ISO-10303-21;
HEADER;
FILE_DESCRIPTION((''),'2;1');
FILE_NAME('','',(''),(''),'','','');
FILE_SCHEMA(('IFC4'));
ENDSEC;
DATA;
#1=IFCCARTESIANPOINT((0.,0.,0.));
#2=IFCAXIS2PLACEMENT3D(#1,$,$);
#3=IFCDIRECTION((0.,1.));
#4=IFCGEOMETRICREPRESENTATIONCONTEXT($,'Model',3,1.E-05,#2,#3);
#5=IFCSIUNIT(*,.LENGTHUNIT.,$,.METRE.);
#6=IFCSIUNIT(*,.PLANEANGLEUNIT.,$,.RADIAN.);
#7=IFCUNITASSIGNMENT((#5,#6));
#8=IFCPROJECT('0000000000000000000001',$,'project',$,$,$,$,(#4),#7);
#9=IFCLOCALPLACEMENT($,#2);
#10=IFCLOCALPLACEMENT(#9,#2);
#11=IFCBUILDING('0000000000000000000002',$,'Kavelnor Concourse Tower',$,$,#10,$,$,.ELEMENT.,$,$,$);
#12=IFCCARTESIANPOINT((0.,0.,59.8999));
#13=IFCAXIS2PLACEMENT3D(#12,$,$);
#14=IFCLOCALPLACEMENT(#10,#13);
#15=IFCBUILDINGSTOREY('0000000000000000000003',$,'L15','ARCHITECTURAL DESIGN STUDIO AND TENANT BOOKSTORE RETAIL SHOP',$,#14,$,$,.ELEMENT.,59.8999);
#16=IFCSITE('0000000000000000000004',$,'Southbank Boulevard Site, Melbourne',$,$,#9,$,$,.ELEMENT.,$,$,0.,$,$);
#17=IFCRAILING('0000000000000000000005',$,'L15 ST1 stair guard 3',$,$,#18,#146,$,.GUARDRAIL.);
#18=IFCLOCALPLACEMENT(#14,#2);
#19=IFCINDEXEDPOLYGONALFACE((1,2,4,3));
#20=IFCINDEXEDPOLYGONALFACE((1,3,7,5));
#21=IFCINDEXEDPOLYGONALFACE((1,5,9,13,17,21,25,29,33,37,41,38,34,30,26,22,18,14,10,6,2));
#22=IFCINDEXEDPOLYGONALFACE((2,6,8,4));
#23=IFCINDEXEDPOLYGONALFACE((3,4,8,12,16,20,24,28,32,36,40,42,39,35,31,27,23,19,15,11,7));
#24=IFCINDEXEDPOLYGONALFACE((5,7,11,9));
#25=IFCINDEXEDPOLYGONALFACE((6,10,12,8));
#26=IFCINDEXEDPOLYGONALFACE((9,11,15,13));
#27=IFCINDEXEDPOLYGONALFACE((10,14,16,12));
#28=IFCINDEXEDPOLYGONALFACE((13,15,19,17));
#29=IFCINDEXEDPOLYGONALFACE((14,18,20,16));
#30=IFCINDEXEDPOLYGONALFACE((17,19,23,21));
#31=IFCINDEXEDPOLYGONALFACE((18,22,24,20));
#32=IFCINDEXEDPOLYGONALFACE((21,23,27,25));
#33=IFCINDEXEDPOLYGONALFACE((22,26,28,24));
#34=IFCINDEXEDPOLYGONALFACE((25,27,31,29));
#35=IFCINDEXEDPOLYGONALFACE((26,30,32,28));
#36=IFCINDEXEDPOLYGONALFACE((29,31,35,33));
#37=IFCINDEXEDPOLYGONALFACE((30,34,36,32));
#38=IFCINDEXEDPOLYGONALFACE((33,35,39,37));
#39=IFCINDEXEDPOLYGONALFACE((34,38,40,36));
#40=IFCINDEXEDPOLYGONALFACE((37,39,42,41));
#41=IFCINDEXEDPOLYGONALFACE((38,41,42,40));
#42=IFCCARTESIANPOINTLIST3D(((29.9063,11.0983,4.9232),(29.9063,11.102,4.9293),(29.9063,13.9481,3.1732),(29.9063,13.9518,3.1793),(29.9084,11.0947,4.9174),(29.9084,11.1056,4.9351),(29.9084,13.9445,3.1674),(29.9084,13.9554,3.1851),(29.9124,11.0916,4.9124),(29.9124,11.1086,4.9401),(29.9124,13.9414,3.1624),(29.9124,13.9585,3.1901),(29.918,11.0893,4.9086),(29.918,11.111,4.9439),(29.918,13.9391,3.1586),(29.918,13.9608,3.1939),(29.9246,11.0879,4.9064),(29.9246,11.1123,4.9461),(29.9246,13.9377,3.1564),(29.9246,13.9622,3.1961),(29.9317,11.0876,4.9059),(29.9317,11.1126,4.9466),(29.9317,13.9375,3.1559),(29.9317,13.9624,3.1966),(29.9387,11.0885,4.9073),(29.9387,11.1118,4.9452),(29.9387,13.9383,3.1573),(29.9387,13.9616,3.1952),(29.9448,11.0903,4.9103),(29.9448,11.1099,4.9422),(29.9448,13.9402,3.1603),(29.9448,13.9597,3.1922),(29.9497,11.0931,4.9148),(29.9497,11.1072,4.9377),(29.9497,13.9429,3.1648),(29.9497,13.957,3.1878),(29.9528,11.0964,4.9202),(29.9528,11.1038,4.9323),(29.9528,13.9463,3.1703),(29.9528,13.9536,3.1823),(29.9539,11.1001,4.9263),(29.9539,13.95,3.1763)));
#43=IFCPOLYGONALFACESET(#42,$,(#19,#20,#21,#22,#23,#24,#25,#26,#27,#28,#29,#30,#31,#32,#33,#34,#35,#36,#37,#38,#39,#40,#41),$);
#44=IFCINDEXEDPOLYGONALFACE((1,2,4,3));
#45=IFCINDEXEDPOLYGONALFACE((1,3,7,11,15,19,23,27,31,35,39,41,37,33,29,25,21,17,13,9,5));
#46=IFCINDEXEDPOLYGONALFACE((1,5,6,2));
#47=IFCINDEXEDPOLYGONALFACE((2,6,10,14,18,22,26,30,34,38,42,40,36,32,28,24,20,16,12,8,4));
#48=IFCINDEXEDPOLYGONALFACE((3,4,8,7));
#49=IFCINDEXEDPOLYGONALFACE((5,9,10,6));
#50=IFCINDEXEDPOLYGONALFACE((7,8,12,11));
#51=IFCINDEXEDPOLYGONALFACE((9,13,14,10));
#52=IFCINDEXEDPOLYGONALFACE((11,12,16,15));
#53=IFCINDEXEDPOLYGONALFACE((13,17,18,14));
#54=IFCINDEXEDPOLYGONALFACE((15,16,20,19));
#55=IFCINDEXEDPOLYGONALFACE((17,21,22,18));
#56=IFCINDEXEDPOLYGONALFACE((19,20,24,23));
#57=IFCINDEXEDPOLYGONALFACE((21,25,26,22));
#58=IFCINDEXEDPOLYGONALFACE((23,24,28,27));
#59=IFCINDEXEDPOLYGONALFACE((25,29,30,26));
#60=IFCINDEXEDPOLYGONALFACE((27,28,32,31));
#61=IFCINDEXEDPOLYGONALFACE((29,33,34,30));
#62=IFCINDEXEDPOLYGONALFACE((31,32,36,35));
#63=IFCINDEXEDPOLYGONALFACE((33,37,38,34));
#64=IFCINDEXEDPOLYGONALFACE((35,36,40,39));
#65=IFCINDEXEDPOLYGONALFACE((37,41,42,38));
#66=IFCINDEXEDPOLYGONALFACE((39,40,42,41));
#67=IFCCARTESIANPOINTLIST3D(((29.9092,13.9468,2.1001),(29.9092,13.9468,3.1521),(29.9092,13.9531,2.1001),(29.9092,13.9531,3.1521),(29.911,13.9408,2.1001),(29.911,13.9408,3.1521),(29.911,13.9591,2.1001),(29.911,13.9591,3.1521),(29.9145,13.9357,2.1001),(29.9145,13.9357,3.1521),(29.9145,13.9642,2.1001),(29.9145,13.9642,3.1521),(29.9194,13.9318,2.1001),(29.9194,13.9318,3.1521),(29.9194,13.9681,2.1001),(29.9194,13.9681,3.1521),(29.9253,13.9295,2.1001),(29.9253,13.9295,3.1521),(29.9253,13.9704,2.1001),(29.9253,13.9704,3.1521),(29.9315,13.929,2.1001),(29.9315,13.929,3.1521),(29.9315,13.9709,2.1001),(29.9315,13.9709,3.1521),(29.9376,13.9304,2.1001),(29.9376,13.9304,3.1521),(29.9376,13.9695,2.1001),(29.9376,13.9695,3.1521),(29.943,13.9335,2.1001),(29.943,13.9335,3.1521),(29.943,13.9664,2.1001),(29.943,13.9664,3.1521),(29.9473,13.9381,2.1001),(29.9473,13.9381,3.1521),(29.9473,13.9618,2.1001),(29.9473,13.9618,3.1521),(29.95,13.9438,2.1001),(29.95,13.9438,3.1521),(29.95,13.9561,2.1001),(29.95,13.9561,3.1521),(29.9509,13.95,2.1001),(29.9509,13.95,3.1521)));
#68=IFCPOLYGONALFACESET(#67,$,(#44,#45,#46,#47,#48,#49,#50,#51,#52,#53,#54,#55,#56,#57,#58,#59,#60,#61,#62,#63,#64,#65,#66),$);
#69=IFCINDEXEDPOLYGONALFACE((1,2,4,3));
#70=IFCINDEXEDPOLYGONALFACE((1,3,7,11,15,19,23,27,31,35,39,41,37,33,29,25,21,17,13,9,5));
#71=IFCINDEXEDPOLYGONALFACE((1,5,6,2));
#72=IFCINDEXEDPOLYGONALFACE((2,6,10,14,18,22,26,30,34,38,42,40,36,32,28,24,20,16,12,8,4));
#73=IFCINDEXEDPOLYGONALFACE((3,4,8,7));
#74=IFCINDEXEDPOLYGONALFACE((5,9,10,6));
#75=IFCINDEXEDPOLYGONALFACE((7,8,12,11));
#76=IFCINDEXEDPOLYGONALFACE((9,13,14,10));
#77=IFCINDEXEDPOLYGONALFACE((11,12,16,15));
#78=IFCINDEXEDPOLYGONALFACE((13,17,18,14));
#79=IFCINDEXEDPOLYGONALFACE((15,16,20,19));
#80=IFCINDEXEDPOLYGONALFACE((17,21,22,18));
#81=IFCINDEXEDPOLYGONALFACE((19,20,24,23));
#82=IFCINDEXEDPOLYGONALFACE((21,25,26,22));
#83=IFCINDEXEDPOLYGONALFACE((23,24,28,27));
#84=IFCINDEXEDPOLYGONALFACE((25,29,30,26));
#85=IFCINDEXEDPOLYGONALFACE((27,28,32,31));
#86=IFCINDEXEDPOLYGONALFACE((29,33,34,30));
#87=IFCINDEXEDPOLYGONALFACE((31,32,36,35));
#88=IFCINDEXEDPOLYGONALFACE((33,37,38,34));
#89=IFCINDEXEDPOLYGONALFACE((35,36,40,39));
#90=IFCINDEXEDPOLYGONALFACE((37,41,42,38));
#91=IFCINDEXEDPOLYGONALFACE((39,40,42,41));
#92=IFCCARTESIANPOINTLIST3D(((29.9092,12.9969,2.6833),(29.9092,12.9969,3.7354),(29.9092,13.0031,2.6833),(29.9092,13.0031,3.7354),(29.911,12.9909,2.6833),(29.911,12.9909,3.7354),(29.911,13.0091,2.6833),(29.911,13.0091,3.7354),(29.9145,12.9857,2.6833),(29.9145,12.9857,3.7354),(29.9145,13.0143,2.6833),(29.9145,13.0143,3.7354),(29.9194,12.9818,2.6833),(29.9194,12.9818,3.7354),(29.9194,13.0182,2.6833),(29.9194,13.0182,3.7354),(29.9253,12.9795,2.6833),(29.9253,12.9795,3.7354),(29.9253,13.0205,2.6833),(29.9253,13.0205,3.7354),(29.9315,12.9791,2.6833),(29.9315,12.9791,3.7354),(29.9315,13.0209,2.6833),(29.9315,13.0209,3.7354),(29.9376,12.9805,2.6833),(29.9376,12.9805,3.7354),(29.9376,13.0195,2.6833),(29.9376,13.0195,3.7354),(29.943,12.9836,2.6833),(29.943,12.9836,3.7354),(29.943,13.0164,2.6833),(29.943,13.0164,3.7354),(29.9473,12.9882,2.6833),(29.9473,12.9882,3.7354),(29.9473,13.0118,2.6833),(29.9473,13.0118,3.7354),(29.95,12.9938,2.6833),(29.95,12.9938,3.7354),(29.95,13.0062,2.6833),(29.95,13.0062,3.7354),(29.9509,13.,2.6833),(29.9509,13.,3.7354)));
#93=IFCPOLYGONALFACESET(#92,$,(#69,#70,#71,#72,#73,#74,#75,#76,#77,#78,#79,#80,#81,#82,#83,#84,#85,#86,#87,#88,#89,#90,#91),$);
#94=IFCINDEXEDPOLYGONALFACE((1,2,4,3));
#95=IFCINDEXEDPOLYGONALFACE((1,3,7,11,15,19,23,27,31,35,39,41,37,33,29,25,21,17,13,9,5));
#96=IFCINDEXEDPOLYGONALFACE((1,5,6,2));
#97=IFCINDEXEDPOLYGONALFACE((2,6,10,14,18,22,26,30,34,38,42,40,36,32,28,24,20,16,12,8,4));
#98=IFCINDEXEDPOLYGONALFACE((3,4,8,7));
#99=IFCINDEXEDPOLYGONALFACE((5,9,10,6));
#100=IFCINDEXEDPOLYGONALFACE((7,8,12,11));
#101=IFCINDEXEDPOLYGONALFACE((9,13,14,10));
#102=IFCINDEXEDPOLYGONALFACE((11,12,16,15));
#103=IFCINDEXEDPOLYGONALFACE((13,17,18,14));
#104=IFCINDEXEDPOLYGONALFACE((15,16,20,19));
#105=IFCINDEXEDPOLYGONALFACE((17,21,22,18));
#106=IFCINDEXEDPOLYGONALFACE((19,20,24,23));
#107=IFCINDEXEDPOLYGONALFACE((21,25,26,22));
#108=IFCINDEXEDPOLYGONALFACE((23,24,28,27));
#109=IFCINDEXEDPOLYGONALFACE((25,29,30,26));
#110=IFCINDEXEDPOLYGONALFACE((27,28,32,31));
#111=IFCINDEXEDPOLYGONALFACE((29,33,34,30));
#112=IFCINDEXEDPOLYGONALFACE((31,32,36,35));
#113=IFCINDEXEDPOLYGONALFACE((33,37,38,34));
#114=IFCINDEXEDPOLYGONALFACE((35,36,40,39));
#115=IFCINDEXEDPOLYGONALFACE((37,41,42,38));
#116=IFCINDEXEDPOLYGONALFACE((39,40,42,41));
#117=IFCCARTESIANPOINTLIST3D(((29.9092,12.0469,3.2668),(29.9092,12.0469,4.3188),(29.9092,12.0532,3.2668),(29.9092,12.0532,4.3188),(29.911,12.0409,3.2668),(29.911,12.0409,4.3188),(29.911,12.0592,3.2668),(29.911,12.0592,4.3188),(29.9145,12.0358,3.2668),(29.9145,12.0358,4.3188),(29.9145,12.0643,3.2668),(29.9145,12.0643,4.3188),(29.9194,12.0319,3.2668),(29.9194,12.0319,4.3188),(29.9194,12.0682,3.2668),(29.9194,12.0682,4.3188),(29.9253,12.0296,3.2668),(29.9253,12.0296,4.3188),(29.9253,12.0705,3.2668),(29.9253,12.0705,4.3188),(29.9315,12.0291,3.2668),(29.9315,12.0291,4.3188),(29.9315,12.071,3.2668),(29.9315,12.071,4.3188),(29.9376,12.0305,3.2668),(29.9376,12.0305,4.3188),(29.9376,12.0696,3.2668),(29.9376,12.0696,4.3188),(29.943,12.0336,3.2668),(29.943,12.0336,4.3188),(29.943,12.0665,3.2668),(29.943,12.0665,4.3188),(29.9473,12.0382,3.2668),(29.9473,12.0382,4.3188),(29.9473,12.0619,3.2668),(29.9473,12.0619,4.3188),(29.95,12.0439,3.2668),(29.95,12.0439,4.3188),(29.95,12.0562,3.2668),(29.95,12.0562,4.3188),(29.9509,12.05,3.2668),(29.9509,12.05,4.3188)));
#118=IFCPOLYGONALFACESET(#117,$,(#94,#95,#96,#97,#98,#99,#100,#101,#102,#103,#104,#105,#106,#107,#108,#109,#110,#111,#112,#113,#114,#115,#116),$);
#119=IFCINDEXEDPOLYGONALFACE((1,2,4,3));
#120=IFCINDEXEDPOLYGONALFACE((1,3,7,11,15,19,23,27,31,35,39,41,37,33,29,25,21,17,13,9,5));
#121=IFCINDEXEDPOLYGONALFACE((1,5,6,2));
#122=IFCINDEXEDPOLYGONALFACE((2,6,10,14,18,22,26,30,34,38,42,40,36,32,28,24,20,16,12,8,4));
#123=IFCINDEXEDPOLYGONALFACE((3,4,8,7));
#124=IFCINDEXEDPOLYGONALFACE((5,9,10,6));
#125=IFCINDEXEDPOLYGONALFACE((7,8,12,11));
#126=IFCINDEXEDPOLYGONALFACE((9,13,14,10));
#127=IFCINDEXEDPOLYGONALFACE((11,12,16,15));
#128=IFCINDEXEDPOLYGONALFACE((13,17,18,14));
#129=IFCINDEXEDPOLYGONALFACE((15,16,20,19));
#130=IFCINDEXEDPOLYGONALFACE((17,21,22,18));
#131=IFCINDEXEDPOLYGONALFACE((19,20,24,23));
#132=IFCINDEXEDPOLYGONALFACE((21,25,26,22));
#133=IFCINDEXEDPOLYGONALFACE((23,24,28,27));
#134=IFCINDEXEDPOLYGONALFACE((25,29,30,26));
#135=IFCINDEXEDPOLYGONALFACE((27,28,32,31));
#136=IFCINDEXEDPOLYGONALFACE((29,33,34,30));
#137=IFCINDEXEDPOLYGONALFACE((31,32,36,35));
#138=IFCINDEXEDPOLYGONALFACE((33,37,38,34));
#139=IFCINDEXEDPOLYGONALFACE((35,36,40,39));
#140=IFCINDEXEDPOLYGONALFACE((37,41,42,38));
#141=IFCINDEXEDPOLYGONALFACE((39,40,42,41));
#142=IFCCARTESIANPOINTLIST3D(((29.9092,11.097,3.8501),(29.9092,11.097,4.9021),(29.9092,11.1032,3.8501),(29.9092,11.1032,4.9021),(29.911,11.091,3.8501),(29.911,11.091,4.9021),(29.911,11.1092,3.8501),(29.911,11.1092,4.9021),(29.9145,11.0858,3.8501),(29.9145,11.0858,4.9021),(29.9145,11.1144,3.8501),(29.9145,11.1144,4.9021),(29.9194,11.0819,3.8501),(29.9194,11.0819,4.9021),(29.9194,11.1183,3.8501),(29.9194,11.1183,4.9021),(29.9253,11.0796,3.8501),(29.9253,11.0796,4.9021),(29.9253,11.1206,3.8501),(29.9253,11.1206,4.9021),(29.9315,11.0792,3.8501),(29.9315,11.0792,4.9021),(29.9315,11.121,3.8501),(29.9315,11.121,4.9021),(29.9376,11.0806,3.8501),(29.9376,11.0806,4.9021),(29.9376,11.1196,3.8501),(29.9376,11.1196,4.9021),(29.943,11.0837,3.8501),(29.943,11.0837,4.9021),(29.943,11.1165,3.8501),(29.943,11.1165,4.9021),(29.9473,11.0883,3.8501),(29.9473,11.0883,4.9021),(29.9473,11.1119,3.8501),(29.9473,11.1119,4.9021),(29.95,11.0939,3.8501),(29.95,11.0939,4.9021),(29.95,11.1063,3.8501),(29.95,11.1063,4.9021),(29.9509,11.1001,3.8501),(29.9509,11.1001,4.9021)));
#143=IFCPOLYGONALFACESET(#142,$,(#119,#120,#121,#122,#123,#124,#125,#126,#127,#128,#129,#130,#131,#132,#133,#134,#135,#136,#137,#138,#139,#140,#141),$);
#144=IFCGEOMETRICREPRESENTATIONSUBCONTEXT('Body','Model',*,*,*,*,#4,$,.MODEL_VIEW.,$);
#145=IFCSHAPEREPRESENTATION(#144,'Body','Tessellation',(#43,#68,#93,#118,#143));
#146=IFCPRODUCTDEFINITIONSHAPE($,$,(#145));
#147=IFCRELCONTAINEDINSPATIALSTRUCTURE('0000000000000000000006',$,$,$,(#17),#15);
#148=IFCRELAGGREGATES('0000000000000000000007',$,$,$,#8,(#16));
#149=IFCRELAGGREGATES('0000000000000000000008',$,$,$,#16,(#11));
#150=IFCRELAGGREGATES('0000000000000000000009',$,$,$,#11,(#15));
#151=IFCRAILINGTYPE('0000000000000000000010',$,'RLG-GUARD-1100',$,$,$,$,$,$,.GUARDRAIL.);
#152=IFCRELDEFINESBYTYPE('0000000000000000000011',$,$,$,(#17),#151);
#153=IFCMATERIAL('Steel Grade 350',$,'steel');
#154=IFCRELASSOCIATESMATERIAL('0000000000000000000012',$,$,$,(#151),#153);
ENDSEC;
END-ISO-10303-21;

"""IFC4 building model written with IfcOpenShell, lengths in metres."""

from ifc_helpers import new_model, si_unit, direction, frame, origin, origin_2d, place, context, subcontext, project, spatial, circle, extrude, material, type_object, element, save


model = new_model("IFC4")

# Units and contexts
model_context = context("Model", 3, precision=1e-05, world=origin(), true_north=direction((0.0, 1.0)))
body_context = subcontext(model_context, "Body", "Model", "MODEL_VIEW")
ifc_project = project(units=[si_unit("LENGTHUNIT", "METRE"), si_unit("PLANEANGLEUNIT", "RADIAN")], contexts=[model_context])

# Site, building, storey
site_placement = place(None, origin())
site = spatial("IfcSite", under=ifc_project, at=site_placement, Name="Southbank Boulevard Site, Melbourne", CompositionType="ELEMENT", RefElevation=0.0)
building_placement = place(site_placement, origin())
building = spatial("IfcBuilding", under=site, at=building_placement, Name="Kavelnor Concourse Tower", CompositionType="ELEMENT")
storey_placement = place(building_placement, frame((0.0, 0.0, 59.8999)))
storey = spatial("IfcBuildingStorey", under=building, at=storey_placement, Name="L15", Description="ARCHITECTURAL DESIGN STUDIO AND TENANT BOOKSTORE RETAIL SHOP", CompositionType="ELEMENT", Elevation=59.8999)

# Shared definitions
ifc_material_1 = material(Name="Steel Grade 350", Category="steel")

# Railing
railing_type_1 = type_object("IfcRailingType", Name="RLG-GUARD-1100", PredefinedType="GUARDRAIL", material=ifc_material_1)
railing_1_placement = place(storey_placement, frame((29.9299, 13.95, 2.1001)))
element("IfcRailing", 1, at=railing_1_placement, inside=storey, type_object=railing_type_1, Name="L15 ST1 stair guard 3", PredefinedType="GUARDRAIL", context=body_context, shape_type="SweptSolid", body=[
    extrude(circle(Radius=0.0239, at=origin_2d()), frame((0.0, 0.0, 1.0762), z_axis=(0.0, -0.852159, 0.523283), x_axis=(1.0, 0.0, 0.0)), (0.0, 0.0, 1.0), 3.3442),
    extrude(circle(Radius=0.021, at=origin_2d()), origin(), (0.0, 0.0, 1.0), 1.052),
    extrude(circle(Radius=0.021, at=origin_2d()), frame((0.0, -0.95, 0.5833)), (0.0, 0.0, 1.0), 1.052),
    extrude(circle(Radius=0.021, at=origin_2d()), frame((0.0, -1.8999, 1.1667)), (0.0, 0.0, 1.0), 1.052),
    extrude(circle(Radius=0.021, at=origin_2d()), frame((0.0, -2.8499, 1.75)), (0.0, 0.0, 1.0), 1.052),
])

save(model, "model.ifc")
